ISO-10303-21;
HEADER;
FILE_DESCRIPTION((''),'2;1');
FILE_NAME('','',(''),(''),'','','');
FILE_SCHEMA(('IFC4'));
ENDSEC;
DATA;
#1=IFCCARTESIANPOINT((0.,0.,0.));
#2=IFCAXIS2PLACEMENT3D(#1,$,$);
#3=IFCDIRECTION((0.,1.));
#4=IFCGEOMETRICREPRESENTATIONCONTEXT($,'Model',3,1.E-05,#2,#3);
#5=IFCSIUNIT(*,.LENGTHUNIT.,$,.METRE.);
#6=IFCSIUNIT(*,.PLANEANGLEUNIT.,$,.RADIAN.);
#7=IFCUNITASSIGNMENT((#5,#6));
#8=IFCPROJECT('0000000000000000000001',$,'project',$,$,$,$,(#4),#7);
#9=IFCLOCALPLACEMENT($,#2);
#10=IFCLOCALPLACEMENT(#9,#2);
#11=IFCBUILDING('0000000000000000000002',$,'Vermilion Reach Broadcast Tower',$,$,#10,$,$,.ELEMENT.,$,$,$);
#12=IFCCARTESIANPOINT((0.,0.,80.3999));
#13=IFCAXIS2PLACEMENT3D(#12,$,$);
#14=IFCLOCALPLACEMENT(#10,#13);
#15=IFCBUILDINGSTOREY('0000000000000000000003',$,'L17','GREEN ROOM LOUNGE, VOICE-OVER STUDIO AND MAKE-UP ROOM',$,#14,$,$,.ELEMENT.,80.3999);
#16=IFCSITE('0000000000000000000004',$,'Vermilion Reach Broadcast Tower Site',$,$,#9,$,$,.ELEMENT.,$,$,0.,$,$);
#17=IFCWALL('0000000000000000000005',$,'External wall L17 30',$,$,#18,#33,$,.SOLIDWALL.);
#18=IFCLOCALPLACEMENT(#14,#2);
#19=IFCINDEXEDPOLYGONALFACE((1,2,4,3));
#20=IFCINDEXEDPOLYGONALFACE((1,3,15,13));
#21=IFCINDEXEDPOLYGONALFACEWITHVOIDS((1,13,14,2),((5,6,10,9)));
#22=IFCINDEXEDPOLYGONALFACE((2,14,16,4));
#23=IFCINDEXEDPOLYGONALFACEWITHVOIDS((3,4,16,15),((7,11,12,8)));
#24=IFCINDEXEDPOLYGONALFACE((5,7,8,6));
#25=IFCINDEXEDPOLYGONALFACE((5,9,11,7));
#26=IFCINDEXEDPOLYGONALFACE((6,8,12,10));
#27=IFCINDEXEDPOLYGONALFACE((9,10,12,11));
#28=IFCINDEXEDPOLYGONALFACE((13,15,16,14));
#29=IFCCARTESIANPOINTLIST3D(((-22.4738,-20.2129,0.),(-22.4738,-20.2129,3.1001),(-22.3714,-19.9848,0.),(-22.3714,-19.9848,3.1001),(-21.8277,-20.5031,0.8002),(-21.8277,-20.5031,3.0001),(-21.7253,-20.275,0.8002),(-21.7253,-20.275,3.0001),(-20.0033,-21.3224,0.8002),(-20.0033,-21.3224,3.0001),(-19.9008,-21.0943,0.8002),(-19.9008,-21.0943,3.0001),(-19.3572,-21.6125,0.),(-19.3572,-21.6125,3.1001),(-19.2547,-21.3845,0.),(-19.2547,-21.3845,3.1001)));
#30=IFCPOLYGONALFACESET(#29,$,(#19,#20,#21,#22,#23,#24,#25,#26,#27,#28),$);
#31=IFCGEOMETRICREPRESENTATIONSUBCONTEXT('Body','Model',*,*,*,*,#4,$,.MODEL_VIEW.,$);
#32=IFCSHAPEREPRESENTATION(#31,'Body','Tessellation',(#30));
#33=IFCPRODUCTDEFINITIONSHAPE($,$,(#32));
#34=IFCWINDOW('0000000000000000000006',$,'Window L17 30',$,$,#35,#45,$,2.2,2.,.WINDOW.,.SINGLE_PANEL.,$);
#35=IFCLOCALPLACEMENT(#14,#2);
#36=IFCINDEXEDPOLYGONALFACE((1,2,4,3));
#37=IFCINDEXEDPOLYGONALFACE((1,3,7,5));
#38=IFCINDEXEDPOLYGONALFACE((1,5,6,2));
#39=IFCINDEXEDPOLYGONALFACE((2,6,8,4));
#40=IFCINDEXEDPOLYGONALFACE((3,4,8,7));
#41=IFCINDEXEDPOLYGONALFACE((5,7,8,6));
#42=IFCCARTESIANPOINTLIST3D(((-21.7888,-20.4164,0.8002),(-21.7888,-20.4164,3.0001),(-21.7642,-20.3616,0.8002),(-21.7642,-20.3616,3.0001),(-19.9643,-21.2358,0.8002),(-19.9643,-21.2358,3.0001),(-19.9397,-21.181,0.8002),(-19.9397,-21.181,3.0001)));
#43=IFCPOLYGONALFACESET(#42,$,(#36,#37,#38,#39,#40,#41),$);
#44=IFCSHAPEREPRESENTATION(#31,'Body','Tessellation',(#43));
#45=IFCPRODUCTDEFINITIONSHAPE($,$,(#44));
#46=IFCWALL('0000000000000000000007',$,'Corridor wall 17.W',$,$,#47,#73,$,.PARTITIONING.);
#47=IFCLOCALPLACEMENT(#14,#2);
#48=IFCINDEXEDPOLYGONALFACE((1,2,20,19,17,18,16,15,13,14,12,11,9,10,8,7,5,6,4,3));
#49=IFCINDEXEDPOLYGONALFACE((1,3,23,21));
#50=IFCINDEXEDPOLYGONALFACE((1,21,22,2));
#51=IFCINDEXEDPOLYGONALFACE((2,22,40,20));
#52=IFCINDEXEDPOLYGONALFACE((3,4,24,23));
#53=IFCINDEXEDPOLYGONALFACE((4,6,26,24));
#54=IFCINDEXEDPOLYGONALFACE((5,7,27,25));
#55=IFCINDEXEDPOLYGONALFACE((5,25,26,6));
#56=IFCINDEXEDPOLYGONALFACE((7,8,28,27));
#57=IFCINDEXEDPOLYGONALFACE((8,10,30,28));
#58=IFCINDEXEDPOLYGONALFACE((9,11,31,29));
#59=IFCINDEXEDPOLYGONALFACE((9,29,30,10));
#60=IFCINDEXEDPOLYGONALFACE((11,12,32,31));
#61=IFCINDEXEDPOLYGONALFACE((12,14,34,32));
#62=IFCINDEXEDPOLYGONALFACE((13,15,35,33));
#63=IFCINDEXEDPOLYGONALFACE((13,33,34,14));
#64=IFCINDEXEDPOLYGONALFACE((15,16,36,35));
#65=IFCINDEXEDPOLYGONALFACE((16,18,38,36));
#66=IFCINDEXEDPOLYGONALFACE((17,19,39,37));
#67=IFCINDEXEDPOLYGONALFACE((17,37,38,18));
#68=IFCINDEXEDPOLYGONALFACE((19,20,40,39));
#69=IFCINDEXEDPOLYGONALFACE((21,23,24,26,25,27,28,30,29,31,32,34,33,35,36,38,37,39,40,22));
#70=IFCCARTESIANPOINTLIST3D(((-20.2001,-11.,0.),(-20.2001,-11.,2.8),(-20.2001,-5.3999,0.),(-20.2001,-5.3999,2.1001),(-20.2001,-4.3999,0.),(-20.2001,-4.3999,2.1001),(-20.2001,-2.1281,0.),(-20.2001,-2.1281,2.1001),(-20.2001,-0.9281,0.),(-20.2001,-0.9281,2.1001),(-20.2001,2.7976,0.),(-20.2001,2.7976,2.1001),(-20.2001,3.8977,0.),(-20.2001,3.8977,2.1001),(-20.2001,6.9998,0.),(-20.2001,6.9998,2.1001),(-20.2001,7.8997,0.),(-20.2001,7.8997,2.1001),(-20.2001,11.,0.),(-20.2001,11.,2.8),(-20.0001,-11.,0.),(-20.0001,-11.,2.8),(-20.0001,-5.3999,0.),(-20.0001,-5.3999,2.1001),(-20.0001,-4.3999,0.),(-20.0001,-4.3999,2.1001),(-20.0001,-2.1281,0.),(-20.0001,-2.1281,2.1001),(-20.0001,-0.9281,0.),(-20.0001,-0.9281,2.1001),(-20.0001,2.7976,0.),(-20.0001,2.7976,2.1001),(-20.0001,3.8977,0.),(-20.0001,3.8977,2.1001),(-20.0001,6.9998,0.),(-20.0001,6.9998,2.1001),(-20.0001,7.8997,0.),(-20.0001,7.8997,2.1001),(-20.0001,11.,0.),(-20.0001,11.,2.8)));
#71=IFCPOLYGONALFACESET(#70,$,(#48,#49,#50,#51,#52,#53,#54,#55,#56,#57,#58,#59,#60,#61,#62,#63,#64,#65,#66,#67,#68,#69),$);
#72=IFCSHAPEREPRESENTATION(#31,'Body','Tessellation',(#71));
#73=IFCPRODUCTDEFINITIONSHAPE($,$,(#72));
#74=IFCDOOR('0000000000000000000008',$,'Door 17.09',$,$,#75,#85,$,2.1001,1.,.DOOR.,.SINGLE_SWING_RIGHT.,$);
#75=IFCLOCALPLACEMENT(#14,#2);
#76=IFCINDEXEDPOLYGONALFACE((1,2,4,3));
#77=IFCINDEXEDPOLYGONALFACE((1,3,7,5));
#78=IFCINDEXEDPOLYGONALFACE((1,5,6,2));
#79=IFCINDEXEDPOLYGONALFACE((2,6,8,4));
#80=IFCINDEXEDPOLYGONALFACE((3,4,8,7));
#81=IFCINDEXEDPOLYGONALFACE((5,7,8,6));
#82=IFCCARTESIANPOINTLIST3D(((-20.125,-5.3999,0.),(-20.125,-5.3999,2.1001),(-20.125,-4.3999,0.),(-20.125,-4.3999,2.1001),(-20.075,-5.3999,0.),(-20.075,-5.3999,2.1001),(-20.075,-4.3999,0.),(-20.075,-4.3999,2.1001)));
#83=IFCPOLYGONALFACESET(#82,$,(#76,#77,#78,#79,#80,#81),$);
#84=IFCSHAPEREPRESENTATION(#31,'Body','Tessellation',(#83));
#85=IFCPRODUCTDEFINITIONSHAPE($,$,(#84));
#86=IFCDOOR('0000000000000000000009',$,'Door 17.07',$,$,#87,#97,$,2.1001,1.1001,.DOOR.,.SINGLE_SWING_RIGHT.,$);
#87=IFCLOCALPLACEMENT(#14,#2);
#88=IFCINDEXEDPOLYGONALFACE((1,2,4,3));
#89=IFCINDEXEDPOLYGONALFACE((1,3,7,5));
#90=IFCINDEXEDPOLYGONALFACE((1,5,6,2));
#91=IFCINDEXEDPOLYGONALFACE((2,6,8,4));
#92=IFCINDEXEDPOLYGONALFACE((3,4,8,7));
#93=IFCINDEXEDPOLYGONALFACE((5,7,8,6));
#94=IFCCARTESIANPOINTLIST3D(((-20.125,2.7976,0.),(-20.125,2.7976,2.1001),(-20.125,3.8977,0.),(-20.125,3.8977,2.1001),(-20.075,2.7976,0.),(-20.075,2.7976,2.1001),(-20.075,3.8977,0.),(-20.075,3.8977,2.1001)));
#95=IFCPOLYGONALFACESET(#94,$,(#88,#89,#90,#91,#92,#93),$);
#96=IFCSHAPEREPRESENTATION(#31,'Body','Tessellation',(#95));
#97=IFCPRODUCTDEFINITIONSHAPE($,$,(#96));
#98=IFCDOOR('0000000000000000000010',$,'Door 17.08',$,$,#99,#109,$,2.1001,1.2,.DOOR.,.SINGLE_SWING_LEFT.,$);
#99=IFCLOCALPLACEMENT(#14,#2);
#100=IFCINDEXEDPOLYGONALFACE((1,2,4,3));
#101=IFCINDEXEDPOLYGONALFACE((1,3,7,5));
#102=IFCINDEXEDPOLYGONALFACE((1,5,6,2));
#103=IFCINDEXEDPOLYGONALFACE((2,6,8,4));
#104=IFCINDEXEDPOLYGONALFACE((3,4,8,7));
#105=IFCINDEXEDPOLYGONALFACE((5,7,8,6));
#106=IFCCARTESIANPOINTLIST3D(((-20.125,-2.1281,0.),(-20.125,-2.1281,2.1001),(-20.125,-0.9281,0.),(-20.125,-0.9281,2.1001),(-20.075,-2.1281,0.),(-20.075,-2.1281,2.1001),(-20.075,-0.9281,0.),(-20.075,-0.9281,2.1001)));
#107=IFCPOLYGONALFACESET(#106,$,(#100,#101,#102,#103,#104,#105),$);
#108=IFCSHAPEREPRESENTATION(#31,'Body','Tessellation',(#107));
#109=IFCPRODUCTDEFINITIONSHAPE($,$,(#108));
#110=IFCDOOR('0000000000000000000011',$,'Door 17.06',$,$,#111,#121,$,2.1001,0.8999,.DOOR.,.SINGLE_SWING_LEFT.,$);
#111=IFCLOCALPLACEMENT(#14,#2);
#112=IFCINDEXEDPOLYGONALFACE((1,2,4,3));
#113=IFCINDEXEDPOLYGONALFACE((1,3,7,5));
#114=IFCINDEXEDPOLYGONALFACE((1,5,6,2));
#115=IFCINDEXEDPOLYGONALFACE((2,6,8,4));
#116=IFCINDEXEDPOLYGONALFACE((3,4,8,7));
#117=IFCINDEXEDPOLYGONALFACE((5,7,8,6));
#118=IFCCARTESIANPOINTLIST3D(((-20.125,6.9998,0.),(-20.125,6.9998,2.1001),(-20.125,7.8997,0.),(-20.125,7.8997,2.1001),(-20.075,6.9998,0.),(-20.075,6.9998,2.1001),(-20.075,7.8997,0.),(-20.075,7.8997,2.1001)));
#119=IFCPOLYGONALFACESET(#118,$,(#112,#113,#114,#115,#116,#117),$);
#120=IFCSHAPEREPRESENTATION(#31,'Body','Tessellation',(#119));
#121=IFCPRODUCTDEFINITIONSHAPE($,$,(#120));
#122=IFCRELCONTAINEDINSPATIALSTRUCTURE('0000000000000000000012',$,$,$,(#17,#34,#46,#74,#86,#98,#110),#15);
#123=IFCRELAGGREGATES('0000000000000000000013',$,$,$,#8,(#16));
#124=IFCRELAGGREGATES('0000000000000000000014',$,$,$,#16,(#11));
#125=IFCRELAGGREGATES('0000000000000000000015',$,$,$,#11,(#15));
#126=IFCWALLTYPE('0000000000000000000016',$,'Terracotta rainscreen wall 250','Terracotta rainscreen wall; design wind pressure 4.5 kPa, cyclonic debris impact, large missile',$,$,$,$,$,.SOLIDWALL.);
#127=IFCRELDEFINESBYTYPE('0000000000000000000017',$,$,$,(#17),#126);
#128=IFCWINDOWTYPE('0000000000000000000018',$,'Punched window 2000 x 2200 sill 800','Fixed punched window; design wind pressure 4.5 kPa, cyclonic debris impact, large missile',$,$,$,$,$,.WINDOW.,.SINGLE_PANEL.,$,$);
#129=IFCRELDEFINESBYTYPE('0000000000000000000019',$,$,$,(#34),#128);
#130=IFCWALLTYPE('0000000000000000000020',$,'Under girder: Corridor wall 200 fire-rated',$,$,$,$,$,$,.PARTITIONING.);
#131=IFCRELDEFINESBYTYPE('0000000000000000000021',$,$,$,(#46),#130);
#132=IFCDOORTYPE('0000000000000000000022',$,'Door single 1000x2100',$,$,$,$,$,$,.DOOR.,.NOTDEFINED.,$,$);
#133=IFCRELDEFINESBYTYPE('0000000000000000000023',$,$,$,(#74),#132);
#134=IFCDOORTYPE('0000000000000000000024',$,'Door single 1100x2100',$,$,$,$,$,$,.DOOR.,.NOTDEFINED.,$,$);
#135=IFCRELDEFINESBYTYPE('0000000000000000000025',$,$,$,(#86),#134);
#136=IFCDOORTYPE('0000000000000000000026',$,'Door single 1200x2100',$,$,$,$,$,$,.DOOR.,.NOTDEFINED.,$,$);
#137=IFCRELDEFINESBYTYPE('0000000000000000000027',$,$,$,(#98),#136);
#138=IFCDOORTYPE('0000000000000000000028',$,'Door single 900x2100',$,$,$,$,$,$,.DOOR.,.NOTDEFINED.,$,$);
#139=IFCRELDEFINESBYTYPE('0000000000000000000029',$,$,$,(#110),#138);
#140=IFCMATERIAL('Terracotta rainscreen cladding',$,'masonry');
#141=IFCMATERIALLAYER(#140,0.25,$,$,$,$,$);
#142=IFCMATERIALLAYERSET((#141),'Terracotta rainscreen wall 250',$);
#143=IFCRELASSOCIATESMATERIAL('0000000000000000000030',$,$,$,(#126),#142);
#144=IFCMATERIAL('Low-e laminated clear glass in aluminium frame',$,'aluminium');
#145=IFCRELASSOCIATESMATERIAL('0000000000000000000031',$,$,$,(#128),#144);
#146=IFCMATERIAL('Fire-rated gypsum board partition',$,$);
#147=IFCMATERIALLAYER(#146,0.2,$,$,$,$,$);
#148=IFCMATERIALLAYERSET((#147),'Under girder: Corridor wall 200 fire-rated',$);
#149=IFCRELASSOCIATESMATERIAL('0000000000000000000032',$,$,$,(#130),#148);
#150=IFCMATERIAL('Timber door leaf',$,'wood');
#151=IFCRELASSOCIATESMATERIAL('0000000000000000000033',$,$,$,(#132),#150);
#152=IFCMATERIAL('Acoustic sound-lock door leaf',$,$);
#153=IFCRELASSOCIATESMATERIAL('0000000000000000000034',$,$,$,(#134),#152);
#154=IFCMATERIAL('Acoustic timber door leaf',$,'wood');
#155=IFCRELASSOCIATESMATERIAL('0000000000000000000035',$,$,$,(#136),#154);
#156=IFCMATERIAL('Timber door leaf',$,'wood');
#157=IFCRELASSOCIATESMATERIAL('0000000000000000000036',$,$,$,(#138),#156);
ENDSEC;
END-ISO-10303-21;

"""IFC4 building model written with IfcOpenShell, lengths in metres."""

from ifc_helpers import new_model, si_unit, direction, frame, frame_2d, origin, place, context, subcontext, project, spatial, rectangle, extrude, material, layer, layer_set, type_object, element, fill, save


model = new_model("IFC4")

# Units and contexts
model_context = context("Model", 3, precision=1e-05, world=origin(), true_north=direction((0.0, 1.0)))
body_context = subcontext(model_context, "Body", "Model", "MODEL_VIEW")
ifc_project = project(units=[si_unit("LENGTHUNIT", "METRE"), si_unit("PLANEANGLEUNIT", "RADIAN")], contexts=[model_context])

# Site, building, storey
site_placement = place(None, origin())
site = spatial("IfcSite", under=ifc_project, at=site_placement, Name="Vermilion Reach Broadcast Tower Site", CompositionType="ELEMENT", RefElevation=0.0)
building_placement = place(site_placement, origin())
building = spatial("IfcBuilding", under=site, at=building_placement, Name="Vermilion Reach Broadcast Tower", CompositionType="ELEMENT")
storey_placement = place(building_placement, frame((0.0, 0.0, 80.3999)))
storey = spatial("IfcBuildingStorey", under=building, at=storey_placement, Name="L17", Description="GREEN ROOM LOUNGE, VOICE-OVER STUDIO AND MAKE-UP ROOM", CompositionType="ELEMENT", Elevation=80.3999)

# Shared definitions
ifc_material_1 = material(Name="Terracotta rainscreen cladding", Category="masonry")
ifc_layer_1 = layer(ifc_material_1, 0.25)
ifc_layer_set_1 = layer_set([ifc_layer_1], Name="Terracotta rainscreen wall 250")
wall_type_1 = type_object("IfcWallType", Name="Terracotta rainscreen wall 250", Description="Terracotta rainscreen wall; design wind pressure 4.5 kPa, cyclonic debris impact, large missile", PredefinedType="SOLIDWALL", material=ifc_layer_set_1)

# Wall, opening, window
ifc_material_2 = material(Name="Low-e laminated clear glass in aluminium frame", Category="aluminium")
window_type = type_object("IfcWindowType", Name="Punched window 2000 x 2200 sill 800", Description="Fixed punched window; design wind pressure 4.5 kPa, cyclonic debris impact, large missile", PartitioningType="SINGLE_PANEL", PredefinedType="WINDOW", material=ifc_material_2)
wall_1_placement = place(storey_placement, frame((-22.4226, -20.0989, 0.0), z_axis=(0.0, 0.0, 1.0), x_axis=(0.912234, -0.409669, 0.0)))
wall_1 = element("IfcWall", 1, at=wall_1_placement, inside=storey, type_object=wall_type_1, Name="External wall L17 30", PredefinedType="SOLIDWALL", context=body_context, shape_type="SweptSolid", body=[
    extrude(rectangle(XDim=3.4165, YDim=0.25, at=frame_2d((1.7083, 0.0))), origin(), (0.0, 0.0, 1.0), 3.1001),
])
opening_1_placement = place(wall_1_placement, frame((0.7083, 0.0, 0.8)))
opening_1 = element("IfcOpeningElement", 2, at=opening_1_placement, cuts=wall_1, PredefinedType="OPENING", context=body_context, shape_type="SweptSolid", body=[
    extrude(rectangle(XDim=2.0, YDim=2.2, at=frame_2d((1.0, 1.1001))), frame((0.0, 0.135, 0.0), z_axis=(0.0, -1.0, 0.0), x_axis=(1.0, 0.0, 0.0)), (0.0, 0.0, 1.0), 0.27),
])
window_1_placement = place(opening_1_placement, origin())
window_1 = element("IfcWindow", 3, at=window_1_placement, inside=storey, type_object=window_type, Name="Window L17 30", OverallHeight=2.2, OverallWidth=2.0, PartitioningType="SINGLE_PANEL", PredefinedType="WINDOW", context=body_context, shape_type="SweptSolid", body=[
    extrude(rectangle(XDim=2.0, YDim=2.2, at=frame_2d((1.0, 1.1001))), frame((0.0, 0.03, 0.0), z_axis=(0.0, -1.0, 0.0), x_axis=(1.0, 0.0, 0.0)), (0.0, 0.0, 1.0), 0.0601),
])
fill(opening_1, window_1)

# Wall, openings, doors
ifc_material_3 = material(Name="Fire-rated gypsum board partition")
ifc_layer_2 = layer(ifc_material_3, 0.2)
ifc_layer_set_2 = layer_set([ifc_layer_2], Name="Under girder: Corridor wall 200 fire-rated")
wall_type_2 = type_object("IfcWallType", Name="Under girder: Corridor wall 200 fire-rated", PredefinedType="PARTITIONING", material=ifc_layer_set_2)
wall_2_placement = place(storey_placement, frame((-20.1001, -11.0, 0.0), z_axis=(0.0, 0.0, 1.0), x_axis=(0.0, 1.0, 0.0)))
wall_2 = element("IfcWall", 4, at=wall_2_placement, inside=storey, type_object=wall_type_2, Name="Corridor wall 17.W", PredefinedType="PARTITIONING", context=body_context, shape_type="SweptSolid", body=[
    extrude(rectangle(XDim=22.0, YDim=0.2, at=frame_2d((11.0, 0.0))), origin(), (0.0, 0.0, 1.0), 2.8),
])
opening_2_placement = place(wall_2_placement, frame((17.9998, 0.0, 0.0)))
opening_2 = element("IfcOpeningElement", 5, at=opening_2_placement, cuts=wall_2, PredefinedType="OPENING", context=body_context, shape_type="SweptSolid", body=[
    extrude(rectangle(XDim=0.8999, YDim=2.1001, at=frame_2d((0.45, 1.05))), frame((0.0, 0.1099, 0.0), z_axis=(0.0, -1.0, 0.0), x_axis=(1.0, 0.0, 0.0)), (0.0, 0.0, 1.0), 0.22),
])
opening_3_placement = place(wall_2_placement, frame((13.7976, 0.0, 0.0)))
opening_3 = element("IfcOpeningElement", 6, at=opening_3_placement, cuts=wall_2, PredefinedType="OPENING", context=body_context, shape_type="SweptSolid", body=[
    extrude(rectangle(XDim=1.1001, YDim=2.1001, at=frame_2d((0.55, 1.05))), frame((0.0, 0.1099, 0.0), z_axis=(0.0, -1.0, 0.0), x_axis=(1.0, 0.0, 0.0)), (0.0, 0.0, 1.0), 0.22),
])
opening_4_placement = place(wall_2_placement, frame((8.8718, 0.0, 0.0)))
opening_4 = element("IfcOpeningElement", 7, at=opening_4_placement, cuts=wall_2, PredefinedType="OPENING", context=body_context, shape_type="SweptSolid", body=[
    extrude(rectangle(XDim=1.2, YDim=2.1001, at=frame_2d((0.6001, 1.05))), frame((0.0, 0.1099, 0.0), z_axis=(0.0, -1.0, 0.0), x_axis=(1.0, 0.0, 0.0)), (0.0, 0.0, 1.0), 0.22),
])
opening_5_placement = place(wall_2_placement, frame((5.6001, 0.0, 0.0)))
opening_5 = element("IfcOpeningElement", 8, at=opening_5_placement, cuts=wall_2, PredefinedType="OPENING", context=body_context, shape_type="SweptSolid", body=[
    extrude(rectangle(XDim=1.0, YDim=2.1001, at=frame_2d((0.5, 1.05))), frame((0.0, 0.1099, 0.0), z_axis=(0.0, -1.0, 0.0), x_axis=(1.0, 0.0, 0.0)), (0.0, 0.0, 1.0), 0.22),
])
ifc_material_4 = material(Name="Timber door leaf", Category="wood")
door_type_1 = type_object("IfcDoorType", Name="Door single 1000x2100", OperationType="NOTDEFINED", PredefinedType="DOOR", material=ifc_material_4)
door_1_placement = place(opening_5_placement, origin())
door_1 = element("IfcDoor", 9, at=door_1_placement, inside=storey, type_object=door_type_1, Name="Door 17.09", OperationType="SINGLE_SWING_RIGHT", OverallHeight=2.1001, OverallWidth=1.0, PredefinedType="DOOR", context=body_context, shape_type="SweptSolid", body=[
    extrude(rectangle(XDim=1.0, YDim=2.1001, at=frame_2d((0.5, 1.05))), frame((0.0, 0.0249, 0.0), z_axis=(0.0, -1.0, 0.0), x_axis=(1.0, 0.0, 0.0)), (0.0, 0.0, 1.0), 0.05),
])
fill(opening_5, door_1)
ifc_material_5 = material(Name="Acoustic sound-lock door leaf")
door_type_2 = type_object("IfcDoorType", Name="Door single 1100x2100", OperationType="NOTDEFINED", PredefinedType="DOOR", material=ifc_material_5)
door_2_placement = place(opening_3_placement, origin())
door_2 = element("IfcDoor", 10, at=door_2_placement, inside=storey, type_object=door_type_2, Name="Door 17.07", OperationType="SINGLE_SWING_RIGHT", OverallHeight=2.1001, OverallWidth=1.1001, PredefinedType="DOOR", context=body_context, shape_type="SweptSolid", body=[
    extrude(rectangle(XDim=1.1001, YDim=2.1001, at=frame_2d((0.55, 1.05))), frame((0.0, 0.0249, 0.0), z_axis=(0.0, -1.0, 0.0), x_axis=(1.0, 0.0, 0.0)), (0.0, 0.0, 1.0), 0.05),
])
fill(opening_3, door_2)
ifc_material_6 = material(Name="Acoustic timber door leaf", Category="wood")
door_type_3 = type_object("IfcDoorType", Name="Door single 1200x2100", OperationType="NOTDEFINED", PredefinedType="DOOR", material=ifc_material_6)
door_3_placement = place(opening_4_placement, origin())
door_3 = element("IfcDoor", 11, at=door_3_placement, inside=storey, type_object=door_type_3, Name="Door 17.08", OperationType="SINGLE_SWING_LEFT", OverallHeight=2.1001, OverallWidth=1.2, PredefinedType="DOOR", context=body_context, shape_type="SweptSolid", body=[
    extrude(rectangle(XDim=1.2, YDim=2.1001, at=frame_2d((0.6001, 1.05))), frame((0.0, 0.0249, 0.0), z_axis=(0.0, -1.0, 0.0), x_axis=(1.0, 0.0, 0.0)), (0.0, 0.0, 1.0), 0.05),
])
fill(opening_4, door_3)
ifc_material_7 = material(Name="Timber door leaf", Category="wood")
door_type_4 = type_object("IfcDoorType", Name="Door single 900x2100", OperationType="NOTDEFINED", PredefinedType="DOOR", material=ifc_material_7)
door_4_placement = place(opening_2_placement, origin())
door_4 = element("IfcDoor", 12, at=door_4_placement, inside=storey, type_object=door_type_4, Name="Door 17.06", OperationType="SINGLE_SWING_LEFT", OverallHeight=2.1001, OverallWidth=0.8999, PredefinedType="DOOR", context=body_context, shape_type="SweptSolid", body=[
    extrude(rectangle(XDim=0.8999, YDim=2.1001, at=frame_2d((0.45, 1.05))), frame((0.0, 0.0249, 0.0), z_axis=(0.0, -1.0, 0.0), x_axis=(1.0, 0.0, 0.0)), (0.0, 0.0, 1.0), 0.05),
])
fill(opening_2, door_4)

save(model, "model.ifc")
